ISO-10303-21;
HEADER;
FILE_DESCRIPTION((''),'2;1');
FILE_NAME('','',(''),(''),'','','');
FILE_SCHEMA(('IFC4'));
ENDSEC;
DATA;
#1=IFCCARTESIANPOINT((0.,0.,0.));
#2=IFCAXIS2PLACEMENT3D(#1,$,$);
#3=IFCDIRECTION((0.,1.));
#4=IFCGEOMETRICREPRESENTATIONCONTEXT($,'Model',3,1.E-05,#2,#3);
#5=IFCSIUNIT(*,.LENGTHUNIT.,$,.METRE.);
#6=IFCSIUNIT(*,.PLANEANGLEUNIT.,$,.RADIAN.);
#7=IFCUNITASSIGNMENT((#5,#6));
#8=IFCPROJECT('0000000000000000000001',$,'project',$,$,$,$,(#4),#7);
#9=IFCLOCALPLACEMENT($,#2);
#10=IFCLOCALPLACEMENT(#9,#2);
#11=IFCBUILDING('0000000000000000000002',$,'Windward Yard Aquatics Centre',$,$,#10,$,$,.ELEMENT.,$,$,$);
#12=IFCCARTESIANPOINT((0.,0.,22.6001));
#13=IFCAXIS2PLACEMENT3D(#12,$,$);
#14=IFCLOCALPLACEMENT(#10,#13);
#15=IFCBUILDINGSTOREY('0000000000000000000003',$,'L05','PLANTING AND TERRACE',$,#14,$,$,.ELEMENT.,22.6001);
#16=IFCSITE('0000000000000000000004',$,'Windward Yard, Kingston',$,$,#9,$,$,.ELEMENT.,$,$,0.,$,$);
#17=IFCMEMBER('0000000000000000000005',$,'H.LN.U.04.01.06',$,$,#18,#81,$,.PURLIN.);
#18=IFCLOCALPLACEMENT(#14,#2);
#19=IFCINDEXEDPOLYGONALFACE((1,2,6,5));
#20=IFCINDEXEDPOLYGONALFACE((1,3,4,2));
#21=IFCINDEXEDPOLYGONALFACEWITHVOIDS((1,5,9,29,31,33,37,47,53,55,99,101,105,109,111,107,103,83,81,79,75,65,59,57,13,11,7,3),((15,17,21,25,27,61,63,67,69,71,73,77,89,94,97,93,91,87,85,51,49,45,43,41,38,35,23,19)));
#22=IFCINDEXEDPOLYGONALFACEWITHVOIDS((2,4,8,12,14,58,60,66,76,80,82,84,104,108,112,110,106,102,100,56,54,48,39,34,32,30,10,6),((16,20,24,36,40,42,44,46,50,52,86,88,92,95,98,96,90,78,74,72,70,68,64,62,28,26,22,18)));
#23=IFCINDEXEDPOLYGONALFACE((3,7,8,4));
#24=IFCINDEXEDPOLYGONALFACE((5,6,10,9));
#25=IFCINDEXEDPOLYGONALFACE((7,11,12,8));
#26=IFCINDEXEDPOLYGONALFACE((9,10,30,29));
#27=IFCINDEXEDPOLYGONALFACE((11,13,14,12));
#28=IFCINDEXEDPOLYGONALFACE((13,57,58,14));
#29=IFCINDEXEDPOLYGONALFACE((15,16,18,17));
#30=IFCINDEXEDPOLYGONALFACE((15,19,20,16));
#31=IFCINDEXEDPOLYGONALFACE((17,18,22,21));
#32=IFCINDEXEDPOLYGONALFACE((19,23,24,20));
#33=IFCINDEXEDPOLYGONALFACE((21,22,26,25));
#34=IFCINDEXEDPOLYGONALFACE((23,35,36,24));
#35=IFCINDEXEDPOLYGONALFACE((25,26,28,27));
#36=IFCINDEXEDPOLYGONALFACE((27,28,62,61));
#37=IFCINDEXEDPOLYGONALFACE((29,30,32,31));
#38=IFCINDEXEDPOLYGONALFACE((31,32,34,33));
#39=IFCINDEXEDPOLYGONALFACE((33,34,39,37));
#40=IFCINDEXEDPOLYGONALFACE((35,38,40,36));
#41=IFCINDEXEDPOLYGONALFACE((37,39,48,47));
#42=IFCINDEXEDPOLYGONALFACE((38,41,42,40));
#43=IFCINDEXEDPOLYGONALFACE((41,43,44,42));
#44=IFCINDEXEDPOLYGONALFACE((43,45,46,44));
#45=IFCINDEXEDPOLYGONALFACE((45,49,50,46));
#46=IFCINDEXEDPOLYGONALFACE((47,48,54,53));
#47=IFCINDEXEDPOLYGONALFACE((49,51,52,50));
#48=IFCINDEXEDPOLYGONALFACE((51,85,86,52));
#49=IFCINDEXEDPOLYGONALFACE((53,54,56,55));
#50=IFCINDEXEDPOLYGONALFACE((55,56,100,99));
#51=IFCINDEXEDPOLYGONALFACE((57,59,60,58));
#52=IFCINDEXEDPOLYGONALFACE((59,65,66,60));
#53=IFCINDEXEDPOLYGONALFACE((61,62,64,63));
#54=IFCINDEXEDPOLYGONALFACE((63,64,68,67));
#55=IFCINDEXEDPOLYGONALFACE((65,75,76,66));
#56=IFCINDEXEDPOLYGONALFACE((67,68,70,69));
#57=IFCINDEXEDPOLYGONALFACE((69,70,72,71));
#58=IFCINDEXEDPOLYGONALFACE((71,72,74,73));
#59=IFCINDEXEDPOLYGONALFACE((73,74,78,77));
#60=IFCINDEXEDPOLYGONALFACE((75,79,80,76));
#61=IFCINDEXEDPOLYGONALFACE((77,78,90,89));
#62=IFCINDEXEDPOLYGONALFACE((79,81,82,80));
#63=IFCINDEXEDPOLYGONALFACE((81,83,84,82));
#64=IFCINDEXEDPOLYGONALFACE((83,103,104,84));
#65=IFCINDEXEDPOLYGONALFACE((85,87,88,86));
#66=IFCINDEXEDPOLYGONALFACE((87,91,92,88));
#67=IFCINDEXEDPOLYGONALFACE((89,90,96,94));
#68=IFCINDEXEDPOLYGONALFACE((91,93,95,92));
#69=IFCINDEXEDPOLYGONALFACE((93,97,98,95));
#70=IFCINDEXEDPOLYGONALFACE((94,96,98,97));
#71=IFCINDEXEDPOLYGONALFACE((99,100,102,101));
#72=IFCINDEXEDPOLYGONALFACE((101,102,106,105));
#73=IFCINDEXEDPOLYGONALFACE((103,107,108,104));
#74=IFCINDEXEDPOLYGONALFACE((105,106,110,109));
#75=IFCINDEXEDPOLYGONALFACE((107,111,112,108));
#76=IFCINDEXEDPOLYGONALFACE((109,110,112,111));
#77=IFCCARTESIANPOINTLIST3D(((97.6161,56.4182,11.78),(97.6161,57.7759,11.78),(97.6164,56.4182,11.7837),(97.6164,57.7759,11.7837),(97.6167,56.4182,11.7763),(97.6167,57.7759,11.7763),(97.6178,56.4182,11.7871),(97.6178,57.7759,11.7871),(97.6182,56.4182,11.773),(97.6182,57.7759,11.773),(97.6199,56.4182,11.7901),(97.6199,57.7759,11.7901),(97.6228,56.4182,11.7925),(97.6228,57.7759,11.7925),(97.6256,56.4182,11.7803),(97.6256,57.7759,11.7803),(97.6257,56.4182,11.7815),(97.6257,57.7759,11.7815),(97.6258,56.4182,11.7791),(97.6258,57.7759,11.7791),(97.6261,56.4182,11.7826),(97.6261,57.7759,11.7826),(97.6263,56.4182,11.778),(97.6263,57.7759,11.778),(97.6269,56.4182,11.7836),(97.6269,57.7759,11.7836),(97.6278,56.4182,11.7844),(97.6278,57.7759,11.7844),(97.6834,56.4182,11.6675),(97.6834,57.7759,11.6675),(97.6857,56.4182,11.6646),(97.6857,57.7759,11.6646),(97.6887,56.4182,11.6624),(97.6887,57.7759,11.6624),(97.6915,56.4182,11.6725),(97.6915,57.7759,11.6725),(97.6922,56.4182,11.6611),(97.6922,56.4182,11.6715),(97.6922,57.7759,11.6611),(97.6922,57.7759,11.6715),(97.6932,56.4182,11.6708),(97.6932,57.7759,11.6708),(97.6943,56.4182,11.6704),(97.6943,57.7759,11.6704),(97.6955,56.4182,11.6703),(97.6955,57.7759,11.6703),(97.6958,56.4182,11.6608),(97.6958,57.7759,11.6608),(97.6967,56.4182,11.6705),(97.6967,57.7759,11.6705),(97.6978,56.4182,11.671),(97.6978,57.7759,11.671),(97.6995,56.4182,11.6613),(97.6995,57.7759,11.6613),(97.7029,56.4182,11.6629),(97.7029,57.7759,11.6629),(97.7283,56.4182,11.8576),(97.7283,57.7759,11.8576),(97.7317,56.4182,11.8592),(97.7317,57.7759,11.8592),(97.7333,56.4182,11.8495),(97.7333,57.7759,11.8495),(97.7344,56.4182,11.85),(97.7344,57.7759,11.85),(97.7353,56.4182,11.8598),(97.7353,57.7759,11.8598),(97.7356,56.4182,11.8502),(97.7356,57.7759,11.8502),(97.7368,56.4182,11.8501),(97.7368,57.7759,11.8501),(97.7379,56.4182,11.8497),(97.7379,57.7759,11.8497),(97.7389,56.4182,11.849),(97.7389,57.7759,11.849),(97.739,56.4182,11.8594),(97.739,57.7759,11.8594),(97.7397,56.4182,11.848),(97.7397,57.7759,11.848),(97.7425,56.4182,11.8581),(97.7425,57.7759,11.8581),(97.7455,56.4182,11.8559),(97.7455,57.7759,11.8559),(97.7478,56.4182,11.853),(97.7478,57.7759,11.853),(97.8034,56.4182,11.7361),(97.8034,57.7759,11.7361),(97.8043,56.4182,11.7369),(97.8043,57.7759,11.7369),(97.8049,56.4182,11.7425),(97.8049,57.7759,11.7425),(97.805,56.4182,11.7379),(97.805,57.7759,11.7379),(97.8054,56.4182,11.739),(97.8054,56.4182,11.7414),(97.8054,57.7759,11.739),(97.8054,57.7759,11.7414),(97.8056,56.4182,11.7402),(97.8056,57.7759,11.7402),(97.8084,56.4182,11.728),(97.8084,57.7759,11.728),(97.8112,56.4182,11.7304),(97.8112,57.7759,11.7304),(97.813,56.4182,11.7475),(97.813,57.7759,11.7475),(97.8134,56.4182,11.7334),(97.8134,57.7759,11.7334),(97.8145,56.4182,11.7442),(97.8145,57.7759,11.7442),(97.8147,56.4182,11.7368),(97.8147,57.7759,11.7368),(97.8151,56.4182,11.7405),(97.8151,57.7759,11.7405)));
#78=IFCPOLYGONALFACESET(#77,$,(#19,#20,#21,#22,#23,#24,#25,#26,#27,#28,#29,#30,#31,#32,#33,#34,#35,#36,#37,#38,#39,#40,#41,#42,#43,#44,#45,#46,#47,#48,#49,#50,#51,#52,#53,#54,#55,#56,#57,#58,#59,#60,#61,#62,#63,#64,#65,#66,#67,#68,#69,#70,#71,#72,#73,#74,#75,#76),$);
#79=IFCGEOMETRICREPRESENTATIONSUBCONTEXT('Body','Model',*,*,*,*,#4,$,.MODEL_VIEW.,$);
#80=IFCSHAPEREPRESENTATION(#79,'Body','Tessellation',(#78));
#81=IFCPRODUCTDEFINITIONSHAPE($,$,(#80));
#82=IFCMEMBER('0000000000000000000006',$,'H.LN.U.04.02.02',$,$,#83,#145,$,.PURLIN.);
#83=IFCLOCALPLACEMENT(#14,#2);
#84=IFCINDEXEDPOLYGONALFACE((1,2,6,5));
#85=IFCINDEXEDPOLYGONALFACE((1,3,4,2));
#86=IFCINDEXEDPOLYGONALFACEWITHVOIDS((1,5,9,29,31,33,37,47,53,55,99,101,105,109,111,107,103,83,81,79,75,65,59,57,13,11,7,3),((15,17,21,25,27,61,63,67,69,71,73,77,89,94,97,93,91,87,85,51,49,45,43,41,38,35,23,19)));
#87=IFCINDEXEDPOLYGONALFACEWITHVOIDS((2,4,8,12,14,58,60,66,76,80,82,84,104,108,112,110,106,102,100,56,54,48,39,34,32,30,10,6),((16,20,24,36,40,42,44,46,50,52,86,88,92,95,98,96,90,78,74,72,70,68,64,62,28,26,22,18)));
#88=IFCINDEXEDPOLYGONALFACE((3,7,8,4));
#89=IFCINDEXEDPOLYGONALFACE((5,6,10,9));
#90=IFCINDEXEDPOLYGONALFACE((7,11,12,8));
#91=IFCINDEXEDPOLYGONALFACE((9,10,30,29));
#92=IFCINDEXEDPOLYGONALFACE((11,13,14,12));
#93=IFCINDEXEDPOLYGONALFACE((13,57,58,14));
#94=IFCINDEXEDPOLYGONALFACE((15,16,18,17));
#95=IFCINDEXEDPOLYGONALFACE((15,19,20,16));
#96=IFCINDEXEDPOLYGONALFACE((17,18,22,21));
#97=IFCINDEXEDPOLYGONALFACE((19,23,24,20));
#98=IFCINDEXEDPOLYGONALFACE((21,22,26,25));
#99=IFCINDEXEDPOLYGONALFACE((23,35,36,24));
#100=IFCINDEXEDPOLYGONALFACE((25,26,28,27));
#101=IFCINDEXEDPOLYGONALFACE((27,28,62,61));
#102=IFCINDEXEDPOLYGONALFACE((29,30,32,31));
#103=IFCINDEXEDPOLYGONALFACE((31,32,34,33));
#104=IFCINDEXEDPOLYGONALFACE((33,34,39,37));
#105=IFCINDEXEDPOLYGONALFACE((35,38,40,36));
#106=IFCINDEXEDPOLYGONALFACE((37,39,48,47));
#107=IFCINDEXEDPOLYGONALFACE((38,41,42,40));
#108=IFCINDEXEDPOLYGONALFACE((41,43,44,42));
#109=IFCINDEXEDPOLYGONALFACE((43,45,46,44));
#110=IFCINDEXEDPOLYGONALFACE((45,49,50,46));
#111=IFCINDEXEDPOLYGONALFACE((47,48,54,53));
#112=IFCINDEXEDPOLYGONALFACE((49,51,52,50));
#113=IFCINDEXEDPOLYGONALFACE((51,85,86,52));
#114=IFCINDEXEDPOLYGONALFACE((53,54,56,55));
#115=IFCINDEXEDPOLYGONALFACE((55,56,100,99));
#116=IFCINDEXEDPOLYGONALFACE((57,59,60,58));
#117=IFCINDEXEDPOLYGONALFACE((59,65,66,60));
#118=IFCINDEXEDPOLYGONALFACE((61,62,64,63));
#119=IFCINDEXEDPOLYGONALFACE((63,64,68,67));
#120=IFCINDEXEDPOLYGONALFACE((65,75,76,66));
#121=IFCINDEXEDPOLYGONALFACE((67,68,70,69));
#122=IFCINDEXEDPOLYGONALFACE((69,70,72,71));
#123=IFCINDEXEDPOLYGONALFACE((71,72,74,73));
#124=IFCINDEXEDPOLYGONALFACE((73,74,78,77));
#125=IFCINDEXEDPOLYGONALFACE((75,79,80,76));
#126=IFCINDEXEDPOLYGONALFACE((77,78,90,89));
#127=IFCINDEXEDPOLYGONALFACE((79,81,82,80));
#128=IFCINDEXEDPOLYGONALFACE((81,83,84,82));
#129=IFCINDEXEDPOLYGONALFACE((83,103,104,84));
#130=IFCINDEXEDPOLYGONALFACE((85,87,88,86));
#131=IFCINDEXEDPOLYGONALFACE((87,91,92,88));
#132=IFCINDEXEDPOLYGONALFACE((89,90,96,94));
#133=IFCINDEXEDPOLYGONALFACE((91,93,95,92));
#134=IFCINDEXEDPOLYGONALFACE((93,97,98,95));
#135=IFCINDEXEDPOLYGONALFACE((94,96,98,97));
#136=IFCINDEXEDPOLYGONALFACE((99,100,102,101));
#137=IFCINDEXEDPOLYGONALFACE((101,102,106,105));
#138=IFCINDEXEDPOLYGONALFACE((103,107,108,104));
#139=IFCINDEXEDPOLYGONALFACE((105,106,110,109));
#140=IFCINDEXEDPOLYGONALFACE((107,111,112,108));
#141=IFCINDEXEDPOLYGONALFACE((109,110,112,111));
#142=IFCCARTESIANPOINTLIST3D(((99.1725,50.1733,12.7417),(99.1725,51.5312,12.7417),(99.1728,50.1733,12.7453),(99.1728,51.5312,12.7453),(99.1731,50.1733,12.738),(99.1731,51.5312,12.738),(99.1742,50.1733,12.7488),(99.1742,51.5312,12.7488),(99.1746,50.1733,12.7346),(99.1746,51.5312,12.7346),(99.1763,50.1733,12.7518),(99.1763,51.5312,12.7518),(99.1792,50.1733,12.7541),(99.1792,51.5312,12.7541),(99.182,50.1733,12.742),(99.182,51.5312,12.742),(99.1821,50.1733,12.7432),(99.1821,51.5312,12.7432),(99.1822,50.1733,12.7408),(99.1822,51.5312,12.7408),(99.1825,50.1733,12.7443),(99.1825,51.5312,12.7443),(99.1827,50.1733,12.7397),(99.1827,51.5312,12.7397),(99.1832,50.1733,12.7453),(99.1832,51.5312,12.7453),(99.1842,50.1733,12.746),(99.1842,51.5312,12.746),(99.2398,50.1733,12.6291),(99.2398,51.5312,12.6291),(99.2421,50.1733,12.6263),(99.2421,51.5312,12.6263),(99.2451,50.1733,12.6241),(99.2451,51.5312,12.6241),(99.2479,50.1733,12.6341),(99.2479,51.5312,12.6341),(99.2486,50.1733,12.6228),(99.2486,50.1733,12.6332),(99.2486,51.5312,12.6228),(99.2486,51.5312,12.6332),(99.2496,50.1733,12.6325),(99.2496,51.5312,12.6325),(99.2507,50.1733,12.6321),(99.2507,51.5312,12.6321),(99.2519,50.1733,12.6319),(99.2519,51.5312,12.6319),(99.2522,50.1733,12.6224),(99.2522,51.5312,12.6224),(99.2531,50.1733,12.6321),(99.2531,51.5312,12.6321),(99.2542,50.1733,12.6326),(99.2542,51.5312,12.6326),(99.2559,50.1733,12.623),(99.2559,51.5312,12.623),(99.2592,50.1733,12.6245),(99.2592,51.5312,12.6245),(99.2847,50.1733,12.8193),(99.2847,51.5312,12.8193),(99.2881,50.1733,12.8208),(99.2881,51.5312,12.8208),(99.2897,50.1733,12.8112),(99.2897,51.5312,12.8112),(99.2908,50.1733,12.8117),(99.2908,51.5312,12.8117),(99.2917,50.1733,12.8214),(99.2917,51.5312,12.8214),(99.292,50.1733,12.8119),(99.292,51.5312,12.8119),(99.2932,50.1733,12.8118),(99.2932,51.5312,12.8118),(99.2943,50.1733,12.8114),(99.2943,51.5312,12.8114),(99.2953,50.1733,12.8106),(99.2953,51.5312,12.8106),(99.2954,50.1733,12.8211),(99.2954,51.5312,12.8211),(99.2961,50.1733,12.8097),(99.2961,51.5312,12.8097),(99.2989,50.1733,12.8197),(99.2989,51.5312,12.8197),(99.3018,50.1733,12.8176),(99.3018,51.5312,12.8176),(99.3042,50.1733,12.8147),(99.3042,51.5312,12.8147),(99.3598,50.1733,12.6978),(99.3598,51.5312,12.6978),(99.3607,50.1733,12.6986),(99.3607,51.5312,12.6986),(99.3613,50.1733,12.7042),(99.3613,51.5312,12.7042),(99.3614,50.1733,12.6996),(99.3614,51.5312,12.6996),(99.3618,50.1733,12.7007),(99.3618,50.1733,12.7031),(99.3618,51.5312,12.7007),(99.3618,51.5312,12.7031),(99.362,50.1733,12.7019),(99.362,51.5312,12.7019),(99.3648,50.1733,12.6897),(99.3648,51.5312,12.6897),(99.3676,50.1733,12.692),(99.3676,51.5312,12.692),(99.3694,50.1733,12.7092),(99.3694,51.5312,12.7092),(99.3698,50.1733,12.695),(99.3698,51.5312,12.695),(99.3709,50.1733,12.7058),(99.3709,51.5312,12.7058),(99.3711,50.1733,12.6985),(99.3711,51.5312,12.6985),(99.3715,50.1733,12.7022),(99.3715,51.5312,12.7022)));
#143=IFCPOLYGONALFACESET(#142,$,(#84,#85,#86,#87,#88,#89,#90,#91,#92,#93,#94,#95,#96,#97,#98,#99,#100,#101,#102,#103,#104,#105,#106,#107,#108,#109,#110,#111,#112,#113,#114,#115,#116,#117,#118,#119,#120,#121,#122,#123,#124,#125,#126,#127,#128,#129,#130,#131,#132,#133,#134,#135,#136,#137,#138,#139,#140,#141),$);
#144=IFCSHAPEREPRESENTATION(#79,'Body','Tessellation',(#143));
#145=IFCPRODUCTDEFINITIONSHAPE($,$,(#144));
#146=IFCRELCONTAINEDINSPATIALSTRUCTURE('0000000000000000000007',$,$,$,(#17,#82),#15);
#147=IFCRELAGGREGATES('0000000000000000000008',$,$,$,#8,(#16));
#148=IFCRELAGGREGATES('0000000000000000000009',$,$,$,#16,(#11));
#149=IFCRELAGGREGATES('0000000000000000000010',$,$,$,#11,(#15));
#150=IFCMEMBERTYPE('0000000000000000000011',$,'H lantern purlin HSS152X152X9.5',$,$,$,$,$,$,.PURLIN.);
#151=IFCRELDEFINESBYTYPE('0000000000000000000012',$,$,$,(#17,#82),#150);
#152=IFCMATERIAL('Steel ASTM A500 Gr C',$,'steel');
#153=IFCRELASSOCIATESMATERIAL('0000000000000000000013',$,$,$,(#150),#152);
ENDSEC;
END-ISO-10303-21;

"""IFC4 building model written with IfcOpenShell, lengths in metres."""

from ifc_helpers import new_model, si_unit, direction, frame, origin, origin_2d, place, context, subcontext, project, spatial, hollow_rectangle, extrude, material, material_profile, profile_set, type_object, element, save


model = new_model("IFC4")

# Units and contexts
model_context = context("Model", 3, precision=1e-05, world=origin(), true_north=direction((0.0, 1.0)))
body_context = subcontext(model_context, "Body", "Model", "MODEL_VIEW")
ifc_project = project(units=[si_unit("LENGTHUNIT", "METRE"), si_unit("PLANEANGLEUNIT", "RADIAN")], contexts=[model_context])

# Site, building, storey
site_placement = place(None, origin())
site = spatial("IfcSite", under=ifc_project, at=site_placement, Name="Windward Yard, Kingston", CompositionType="ELEMENT", RefElevation=0.0)
building_placement = place(site_placement, origin())
building = spatial("IfcBuilding", under=site, at=building_placement, Name="Windward Yard Aquatics Centre", CompositionType="ELEMENT")
storey_placement = place(building_placement, frame((0.0, 0.0, 22.6001)))
storey = spatial("IfcBuildingStorey", under=building, at=storey_placement, Name="L05", Description="PLANTING AND TERRACE", CompositionType="ELEMENT", Elevation=22.6001)

# Members
ifc_material_1 = material(Name="Steel ASTM A500 Gr C", Category="steel")
ifc_material_profile_1 = material_profile(ifc_material_1, hollow_rectangle(XDim=0.1523, YDim=0.1523, WallThickness=0.0095, InnerFilletRadius=0.0046, OuterFilletRadius=0.0142, at=origin_2d()), Name="HSS152X152X9.5")
ifc_profile_set_1 = profile_set([ifc_material_profile_1], Name="Steel ASTM A500 Gr C")
member_type_1 = type_object("IfcMemberType", Name="H lantern purlin HSS152X152X9.5", PredefinedType="PURLIN", material=ifc_profile_set_1)
member_1_placement = place(storey_placement, frame((97.7156, 56.4182, 11.7603), z_axis=(0.0, 1.0, 0.0), x_axis=(-0.850755, 0.0, -0.525562)))
element("IfcMember", 1, at=member_1_placement, inside=storey, type_object=member_type_1, Name="H.LN.U.04.01.06", PredefinedType="PURLIN", context=body_context, shape_type="SweptSolid", body=[
    extrude(hollow_rectangle(XDim=0.1523, YDim=0.1523, WallThickness=0.0095, InnerFilletRadius=0.0046, OuterFilletRadius=0.0142, at=origin_2d()), origin(), (0.0, 0.0, 1.0), 1.3577),
])
for number, where, z_axis, x_axis, name in (
    (2, (99.272, 50.1733, 12.7219), (0.0, 1.0, 0.0), (-0.850755, 0.0, -0.525562), "H.LN.U.04.02.02"),
):
    element("IfcMember", number, at=place(storey_placement, frame(where, z_axis=z_axis, x_axis=x_axis)), inside=storey, type_object=member_type_1, Name=name, PredefinedType="PURLIN", context=body_context, shape_type="SweptSolid", body=[
        extrude(hollow_rectangle(XDim=0.1523, YDim=0.1523, WallThickness=0.0095, InnerFilletRadius=0.0046, OuterFilletRadius=0.0142, at=origin_2d()), origin(), (0.0, 0.0, 1.0), 1.3579),
    ])

save(model, "model.ifc")
